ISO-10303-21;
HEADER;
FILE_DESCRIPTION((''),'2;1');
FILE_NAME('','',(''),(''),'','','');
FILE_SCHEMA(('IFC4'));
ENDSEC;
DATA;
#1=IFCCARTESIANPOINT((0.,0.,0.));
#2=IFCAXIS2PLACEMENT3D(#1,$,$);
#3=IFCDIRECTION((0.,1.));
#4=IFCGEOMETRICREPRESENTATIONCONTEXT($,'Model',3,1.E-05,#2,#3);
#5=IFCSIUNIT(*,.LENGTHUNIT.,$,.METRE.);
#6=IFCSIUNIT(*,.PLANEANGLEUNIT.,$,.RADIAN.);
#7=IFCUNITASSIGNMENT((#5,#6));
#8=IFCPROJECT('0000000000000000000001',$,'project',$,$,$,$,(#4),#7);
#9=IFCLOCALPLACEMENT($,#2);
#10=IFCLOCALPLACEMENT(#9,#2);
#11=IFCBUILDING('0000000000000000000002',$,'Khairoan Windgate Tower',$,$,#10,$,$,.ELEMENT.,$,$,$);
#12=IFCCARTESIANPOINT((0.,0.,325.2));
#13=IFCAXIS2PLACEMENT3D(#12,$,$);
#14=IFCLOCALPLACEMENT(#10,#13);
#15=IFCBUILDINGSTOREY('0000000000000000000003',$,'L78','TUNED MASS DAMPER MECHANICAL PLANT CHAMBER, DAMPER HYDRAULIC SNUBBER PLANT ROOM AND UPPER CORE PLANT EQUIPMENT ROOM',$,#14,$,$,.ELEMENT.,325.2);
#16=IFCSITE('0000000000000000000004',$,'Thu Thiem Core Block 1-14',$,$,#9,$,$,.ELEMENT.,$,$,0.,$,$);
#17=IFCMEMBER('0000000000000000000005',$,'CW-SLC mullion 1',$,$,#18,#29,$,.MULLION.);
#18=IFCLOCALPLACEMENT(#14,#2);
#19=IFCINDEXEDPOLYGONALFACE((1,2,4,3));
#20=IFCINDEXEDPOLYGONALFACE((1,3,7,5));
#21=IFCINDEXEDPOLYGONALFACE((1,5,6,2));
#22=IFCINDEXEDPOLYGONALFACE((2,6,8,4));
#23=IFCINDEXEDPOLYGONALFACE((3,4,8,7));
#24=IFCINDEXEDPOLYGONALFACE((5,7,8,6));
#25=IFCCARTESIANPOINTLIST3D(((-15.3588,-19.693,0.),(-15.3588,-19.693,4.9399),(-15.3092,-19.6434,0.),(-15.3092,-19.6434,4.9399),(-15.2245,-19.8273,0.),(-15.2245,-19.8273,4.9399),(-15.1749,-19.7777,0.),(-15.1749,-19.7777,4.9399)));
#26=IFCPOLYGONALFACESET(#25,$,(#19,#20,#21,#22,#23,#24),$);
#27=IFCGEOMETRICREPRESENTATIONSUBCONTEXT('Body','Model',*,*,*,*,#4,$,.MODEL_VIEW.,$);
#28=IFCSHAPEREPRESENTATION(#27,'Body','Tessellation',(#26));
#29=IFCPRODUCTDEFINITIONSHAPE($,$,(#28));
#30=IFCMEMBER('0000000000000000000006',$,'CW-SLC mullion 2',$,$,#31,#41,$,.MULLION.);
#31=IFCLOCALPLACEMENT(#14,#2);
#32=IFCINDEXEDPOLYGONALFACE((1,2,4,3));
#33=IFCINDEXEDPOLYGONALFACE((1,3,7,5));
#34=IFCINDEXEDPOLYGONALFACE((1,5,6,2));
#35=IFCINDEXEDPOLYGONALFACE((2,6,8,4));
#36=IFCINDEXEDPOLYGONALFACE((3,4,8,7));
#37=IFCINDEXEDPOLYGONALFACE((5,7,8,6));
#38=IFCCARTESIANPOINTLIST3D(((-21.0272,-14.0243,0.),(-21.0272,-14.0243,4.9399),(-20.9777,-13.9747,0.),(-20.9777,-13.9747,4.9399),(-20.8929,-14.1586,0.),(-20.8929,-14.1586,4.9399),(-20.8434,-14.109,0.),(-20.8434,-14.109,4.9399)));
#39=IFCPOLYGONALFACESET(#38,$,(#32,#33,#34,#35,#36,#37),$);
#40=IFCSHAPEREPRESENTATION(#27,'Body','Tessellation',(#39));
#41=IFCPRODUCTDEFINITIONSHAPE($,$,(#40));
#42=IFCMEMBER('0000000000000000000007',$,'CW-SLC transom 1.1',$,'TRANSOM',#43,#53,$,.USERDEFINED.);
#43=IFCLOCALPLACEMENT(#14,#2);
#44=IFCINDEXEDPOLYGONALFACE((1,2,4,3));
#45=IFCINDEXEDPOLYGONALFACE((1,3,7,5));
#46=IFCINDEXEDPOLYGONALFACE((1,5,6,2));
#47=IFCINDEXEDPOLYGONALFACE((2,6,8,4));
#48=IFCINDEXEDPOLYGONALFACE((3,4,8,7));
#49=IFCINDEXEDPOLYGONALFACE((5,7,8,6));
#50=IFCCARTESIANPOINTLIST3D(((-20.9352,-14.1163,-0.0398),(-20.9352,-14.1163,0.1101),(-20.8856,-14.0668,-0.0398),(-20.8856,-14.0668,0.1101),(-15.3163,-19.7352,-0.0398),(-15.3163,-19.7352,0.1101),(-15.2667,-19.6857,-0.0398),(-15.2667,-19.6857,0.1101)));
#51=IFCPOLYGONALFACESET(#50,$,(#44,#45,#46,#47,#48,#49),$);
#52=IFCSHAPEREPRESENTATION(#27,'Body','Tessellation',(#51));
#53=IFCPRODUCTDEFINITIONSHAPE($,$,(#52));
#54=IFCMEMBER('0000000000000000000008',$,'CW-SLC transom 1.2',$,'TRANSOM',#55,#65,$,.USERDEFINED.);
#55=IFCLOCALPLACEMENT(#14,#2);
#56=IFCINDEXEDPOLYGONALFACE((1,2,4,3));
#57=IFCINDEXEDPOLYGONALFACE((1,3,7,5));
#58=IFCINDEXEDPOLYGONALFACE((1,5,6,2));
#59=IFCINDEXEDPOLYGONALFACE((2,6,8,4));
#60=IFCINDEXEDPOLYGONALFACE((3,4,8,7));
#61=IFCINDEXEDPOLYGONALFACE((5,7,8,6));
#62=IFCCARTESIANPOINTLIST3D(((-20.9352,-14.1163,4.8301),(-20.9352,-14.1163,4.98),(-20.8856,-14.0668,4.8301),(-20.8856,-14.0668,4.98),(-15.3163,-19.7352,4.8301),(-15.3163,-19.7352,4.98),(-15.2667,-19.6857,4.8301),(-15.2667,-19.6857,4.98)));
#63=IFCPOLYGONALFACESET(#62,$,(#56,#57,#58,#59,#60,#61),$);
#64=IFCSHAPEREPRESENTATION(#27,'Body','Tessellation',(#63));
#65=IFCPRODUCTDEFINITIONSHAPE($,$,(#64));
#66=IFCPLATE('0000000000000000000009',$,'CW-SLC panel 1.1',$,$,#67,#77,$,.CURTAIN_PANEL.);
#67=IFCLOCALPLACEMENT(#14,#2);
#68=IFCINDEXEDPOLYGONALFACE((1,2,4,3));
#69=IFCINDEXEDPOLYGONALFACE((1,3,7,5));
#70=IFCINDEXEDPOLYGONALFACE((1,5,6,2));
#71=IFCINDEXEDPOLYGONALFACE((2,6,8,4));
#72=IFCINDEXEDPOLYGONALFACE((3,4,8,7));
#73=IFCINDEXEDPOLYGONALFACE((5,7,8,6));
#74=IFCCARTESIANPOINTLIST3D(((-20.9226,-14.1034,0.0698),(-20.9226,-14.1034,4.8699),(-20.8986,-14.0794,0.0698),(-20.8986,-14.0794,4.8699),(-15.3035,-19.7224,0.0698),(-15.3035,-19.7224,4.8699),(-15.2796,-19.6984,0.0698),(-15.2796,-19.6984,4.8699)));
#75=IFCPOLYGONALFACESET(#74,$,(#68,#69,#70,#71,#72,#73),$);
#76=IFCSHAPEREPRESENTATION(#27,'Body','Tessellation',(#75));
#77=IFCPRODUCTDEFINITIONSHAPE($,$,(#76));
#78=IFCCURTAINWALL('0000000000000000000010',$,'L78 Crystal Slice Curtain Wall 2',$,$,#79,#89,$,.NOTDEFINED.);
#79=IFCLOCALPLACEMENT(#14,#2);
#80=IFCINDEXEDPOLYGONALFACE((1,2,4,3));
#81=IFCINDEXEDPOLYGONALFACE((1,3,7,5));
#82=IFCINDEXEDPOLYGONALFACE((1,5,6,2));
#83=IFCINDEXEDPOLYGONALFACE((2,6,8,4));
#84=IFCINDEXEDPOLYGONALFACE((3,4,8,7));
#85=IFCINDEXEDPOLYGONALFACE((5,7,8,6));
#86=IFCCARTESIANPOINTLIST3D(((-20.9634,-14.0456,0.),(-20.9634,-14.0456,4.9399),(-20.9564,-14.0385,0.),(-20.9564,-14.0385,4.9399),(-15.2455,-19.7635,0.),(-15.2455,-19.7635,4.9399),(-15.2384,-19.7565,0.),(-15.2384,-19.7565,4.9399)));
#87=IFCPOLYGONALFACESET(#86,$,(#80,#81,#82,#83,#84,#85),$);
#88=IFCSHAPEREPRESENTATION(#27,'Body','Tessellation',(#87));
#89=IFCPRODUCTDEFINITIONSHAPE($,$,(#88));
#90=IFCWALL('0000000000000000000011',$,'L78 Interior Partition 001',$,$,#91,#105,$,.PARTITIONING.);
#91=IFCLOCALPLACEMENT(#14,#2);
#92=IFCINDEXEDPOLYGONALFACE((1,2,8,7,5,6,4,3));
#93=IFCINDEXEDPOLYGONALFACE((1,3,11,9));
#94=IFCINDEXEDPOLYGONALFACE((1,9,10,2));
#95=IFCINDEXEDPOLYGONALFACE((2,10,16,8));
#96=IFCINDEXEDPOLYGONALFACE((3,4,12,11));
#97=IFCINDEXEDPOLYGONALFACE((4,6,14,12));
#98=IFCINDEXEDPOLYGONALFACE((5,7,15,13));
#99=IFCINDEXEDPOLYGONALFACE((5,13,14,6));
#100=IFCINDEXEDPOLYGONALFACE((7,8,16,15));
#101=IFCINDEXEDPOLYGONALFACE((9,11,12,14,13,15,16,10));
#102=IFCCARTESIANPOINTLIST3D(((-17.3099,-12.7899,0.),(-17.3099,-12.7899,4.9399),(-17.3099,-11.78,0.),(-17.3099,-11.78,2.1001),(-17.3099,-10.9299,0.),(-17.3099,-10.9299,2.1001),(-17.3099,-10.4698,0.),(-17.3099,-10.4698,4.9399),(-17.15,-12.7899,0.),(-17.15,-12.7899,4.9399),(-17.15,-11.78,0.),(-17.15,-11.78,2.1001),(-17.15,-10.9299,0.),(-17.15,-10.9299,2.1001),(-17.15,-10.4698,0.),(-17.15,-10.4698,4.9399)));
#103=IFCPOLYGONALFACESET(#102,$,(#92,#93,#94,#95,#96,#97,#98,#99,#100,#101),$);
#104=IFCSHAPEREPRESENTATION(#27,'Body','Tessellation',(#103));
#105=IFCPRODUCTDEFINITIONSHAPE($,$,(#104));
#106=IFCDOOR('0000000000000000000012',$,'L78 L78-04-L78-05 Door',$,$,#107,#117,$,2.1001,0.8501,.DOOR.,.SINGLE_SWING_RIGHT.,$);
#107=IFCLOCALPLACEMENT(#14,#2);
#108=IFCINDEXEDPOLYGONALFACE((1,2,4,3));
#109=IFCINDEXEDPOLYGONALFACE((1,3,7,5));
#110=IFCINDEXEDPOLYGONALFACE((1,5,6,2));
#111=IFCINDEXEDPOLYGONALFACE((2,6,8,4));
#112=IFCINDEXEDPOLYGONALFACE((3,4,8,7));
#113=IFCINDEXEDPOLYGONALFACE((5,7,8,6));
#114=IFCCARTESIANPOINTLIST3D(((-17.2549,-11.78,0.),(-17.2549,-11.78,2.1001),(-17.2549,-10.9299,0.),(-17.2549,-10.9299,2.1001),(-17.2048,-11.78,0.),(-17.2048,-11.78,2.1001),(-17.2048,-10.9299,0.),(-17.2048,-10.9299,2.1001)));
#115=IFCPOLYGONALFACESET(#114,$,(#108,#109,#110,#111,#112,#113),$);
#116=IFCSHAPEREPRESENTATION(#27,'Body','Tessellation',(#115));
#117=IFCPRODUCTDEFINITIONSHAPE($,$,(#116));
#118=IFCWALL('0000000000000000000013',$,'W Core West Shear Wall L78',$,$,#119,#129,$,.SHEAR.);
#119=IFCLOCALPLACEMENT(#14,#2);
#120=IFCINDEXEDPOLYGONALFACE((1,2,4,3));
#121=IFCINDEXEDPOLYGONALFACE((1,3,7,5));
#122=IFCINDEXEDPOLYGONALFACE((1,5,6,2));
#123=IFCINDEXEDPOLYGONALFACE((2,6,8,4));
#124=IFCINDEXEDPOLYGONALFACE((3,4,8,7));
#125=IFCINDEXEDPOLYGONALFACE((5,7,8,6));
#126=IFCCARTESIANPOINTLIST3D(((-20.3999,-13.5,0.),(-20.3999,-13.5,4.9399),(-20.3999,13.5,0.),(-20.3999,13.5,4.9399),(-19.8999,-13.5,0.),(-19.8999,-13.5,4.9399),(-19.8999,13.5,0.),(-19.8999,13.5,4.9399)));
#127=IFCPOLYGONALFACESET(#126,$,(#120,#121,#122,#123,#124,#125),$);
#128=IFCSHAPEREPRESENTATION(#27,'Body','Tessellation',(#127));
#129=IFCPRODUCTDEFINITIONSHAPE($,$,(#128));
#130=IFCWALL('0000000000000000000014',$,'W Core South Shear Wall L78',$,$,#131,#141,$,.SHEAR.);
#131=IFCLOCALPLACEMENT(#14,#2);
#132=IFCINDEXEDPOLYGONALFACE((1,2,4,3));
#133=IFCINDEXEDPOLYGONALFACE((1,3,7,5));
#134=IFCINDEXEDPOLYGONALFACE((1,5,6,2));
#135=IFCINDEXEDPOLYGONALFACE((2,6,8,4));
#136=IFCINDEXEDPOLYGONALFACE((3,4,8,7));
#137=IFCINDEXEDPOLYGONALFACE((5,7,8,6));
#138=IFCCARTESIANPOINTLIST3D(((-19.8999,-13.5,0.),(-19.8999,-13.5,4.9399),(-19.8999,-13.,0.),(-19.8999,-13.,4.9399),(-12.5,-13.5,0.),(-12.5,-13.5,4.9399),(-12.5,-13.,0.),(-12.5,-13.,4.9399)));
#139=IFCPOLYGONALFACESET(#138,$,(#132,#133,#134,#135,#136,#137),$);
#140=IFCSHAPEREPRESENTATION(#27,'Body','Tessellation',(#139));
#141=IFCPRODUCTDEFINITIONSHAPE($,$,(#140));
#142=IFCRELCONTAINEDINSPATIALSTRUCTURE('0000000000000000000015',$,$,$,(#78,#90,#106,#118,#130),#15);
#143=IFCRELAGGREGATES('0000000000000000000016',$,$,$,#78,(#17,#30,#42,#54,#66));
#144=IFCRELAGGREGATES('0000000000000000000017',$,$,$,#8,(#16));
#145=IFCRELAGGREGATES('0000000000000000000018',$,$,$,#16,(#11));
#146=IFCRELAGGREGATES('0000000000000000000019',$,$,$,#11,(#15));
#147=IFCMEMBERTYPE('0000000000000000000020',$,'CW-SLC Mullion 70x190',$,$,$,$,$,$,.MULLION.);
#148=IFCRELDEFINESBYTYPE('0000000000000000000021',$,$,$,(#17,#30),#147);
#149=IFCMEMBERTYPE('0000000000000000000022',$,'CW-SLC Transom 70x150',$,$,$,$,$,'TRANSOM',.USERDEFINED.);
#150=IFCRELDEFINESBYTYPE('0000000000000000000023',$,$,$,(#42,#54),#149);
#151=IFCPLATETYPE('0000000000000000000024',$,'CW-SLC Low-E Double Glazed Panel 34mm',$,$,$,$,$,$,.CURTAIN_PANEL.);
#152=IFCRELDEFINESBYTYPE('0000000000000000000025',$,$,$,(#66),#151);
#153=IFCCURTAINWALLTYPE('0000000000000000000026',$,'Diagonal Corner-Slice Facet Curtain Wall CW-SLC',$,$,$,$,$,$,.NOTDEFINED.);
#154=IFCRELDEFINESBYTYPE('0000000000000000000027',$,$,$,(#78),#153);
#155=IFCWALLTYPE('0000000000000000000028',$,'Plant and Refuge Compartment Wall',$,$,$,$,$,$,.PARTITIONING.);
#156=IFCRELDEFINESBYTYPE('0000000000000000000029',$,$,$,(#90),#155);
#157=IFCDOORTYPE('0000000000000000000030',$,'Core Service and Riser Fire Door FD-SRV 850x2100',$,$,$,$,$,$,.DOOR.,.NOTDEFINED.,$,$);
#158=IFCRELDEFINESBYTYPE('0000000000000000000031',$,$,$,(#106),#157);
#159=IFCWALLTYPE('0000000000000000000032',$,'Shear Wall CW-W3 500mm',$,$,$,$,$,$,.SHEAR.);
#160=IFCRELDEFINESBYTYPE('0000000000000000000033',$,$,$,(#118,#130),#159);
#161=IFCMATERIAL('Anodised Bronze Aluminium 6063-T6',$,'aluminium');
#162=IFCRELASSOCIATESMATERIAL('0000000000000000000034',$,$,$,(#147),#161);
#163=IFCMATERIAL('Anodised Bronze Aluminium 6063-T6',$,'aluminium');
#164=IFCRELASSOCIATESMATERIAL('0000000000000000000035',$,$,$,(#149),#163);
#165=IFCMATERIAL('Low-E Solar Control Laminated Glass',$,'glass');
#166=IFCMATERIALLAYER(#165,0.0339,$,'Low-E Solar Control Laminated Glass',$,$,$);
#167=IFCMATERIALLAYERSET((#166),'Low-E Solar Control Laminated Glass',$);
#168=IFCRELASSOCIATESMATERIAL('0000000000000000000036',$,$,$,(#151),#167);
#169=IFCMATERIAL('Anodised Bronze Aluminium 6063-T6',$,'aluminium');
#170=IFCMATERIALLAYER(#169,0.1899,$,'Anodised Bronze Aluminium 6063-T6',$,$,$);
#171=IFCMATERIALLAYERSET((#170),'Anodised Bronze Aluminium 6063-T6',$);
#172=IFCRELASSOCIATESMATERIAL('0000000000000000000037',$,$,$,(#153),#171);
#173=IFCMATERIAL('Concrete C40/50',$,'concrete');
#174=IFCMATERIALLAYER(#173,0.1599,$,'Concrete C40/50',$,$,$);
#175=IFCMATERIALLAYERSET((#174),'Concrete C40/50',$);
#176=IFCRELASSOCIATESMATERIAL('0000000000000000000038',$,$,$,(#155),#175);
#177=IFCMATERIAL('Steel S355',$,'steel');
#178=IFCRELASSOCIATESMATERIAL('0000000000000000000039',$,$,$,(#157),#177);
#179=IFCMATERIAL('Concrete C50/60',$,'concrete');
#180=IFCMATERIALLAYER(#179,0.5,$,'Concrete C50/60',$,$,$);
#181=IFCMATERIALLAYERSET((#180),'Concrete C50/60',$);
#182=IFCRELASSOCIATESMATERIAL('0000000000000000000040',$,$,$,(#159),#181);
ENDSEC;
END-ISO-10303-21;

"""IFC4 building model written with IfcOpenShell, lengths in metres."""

from ifc_helpers import new_model, si_unit, direction, frame, frame_2d, origin, origin_2d, place, context, subcontext, project, spatial, rectangle, extrude, material, layer, layer_set, material_profile, profile_set, type_object, element, fill, aggregate, save


model = new_model("IFC4")

# Units and contexts
model_context = context("Model", 3, precision=1e-05, world=origin(), true_north=direction((0.0, 1.0)))
body_context = subcontext(model_context, "Body", "Model", "MODEL_VIEW")
ifc_project = project(units=[si_unit("LENGTHUNIT", "METRE"), si_unit("PLANEANGLEUNIT", "RADIAN")], contexts=[model_context])

# Site, building, storey
site_placement = place(None, origin())
site = spatial("IfcSite", under=ifc_project, at=site_placement, Name="Thu Thiem Core Block 1-14", CompositionType="ELEMENT", RefElevation=0.0)
building_placement = place(site_placement, origin())
building = spatial("IfcBuilding", under=site, at=building_placement, Name="Khairoan Windgate Tower", CompositionType="ELEMENT")
storey_placement = place(building_placement, frame((0.0, 0.0, 325.2)))
storey = spatial("IfcBuildingStorey", under=building, at=storey_placement, Name="L78", Description="TUNED MASS DAMPER MECHANICAL PLANT CHAMBER, DAMPER HYDRAULIC SNUBBER PLANT ROOM AND UPPER CORE PLANT EQUIPMENT ROOM", CompositionType="ELEMENT", Elevation=325.2)

# Members
ifc_material_1 = material(Name="Anodised Bronze Aluminium 6063-T6", Category="aluminium")
ifc_material_profile_1 = material_profile(ifc_material_1, rectangle(XDim=0.0701, YDim=0.1899, at=origin_2d()))
ifc_profile_set_1 = profile_set([ifc_material_profile_1], Name="Anodised Bronze Aluminium 6063-T6")
member_type_1 = type_object("IfcMemberType", Name="CW-SLC Mullion 70x190", PredefinedType="MULLION", material=ifc_profile_set_1)
member_1_placement = place(storey_placement, frame((-15.2668, -19.7354, 0.0), z_axis=(0.0, 0.0, 1.0), x_axis=(-0.707107, -0.707107, 0.0)))
member_1 = element("IfcMember", 1, at=member_1_placement, type_object=member_type_1, Name="CW-SLC mullion 1", PredefinedType="MULLION", context=body_context, shape_type="SweptSolid", body=[
    extrude(rectangle(XDim=0.0701, YDim=0.1899, at=origin_2d()), origin(), (0.0, 0.0, 1.0), 4.9399),
])
member_2_placement = place(storey_placement, frame((-20.9353, -14.0667, 0.0), z_axis=(0.0, 0.0, 1.0), x_axis=(-0.707107, -0.707107, 0.0)))
member_2 = element("IfcMember", 2, at=member_2_placement, type_object=member_type_1, Name="CW-SLC mullion 2", PredefinedType="MULLION", context=body_context, shape_type="SweptSolid", body=[
    extrude(rectangle(XDim=0.0701, YDim=0.1899, at=origin_2d()), origin(), (0.0, 0.0, 1.0), 4.9399),
])
ifc_material_2 = material(Name="Anodised Bronze Aluminium 6063-T6", Category="aluminium")
ifc_material_profile_2 = material_profile(ifc_material_2, rectangle(XDim=0.0701, YDim=0.1499, at=origin_2d()))
ifc_profile_set_2 = profile_set([ifc_material_profile_2], Name="Anodised Bronze Aluminium 6063-T6")
member_type_2 = type_object("IfcMemberType", Name="CW-SLC Transom 70x150", ElementType="TRANSOM", PredefinedType="USERDEFINED", material=ifc_profile_set_2)
member_3_placement = place(storey_placement, frame((-15.2915, -19.7104, 0.0352), z_axis=(-0.707107, 0.707107, 0.0), x_axis=(-0.707107, -0.707107, 0.0)))
member_3 = element("IfcMember", 3, at=member_3_placement, type_object=member_type_2, Name="CW-SLC transom 1.1", ObjectType="TRANSOM", PredefinedType="USERDEFINED", context=body_context, shape_type="SweptSolid", body=[
    extrude(rectangle(XDim=0.0701, YDim=0.1499, at=origin_2d()), origin(), (0.0, 0.0, 1.0), 7.9463),
])
member_4_placement = place(storey_placement, frame((-15.2915, -19.7104, 4.905), z_axis=(-0.707107, 0.707107, 0.0), x_axis=(-0.707107, -0.707107, 0.0)))
member_4 = element("IfcMember", 4, at=member_4_placement, type_object=member_type_2, Name="CW-SLC transom 1.2", ObjectType="TRANSOM", PredefinedType="USERDEFINED", context=body_context, shape_type="SweptSolid", body=[
    extrude(rectangle(XDim=0.0701, YDim=0.1499, at=origin_2d()), origin(), (0.0, 0.0, 1.0), 7.9463),
])

# Plate
ifc_material_3 = material(Name="Low-E Solar Control Laminated Glass", Category="glass")
ifc_layer_1 = layer(ifc_material_3, 0.0339, Name="Low-E Solar Control Laminated Glass")
ifc_layer_set_1 = layer_set([ifc_layer_1], Name="Low-E Solar Control Laminated Glass")
plate_type_1 = type_object("IfcPlateType", Name="CW-SLC Low-E Double Glazed Panel 34mm", PredefinedType="CURTAIN_PANEL", material=ifc_layer_set_1)
plate_1_placement = place(storey_placement, frame((-18.1011, -16.9009, 0.0698), z_axis=(0.0, 0.0, 1.0), x_axis=(-0.707107, 0.707107, 0.0)))
plate_1 = element("IfcPlate", 5, at=plate_1_placement, type_object=plate_type_1, Name="CW-SLC panel 1.1", PredefinedType="CURTAIN_PANEL", context=body_context, shape_type="SweptSolid", body=[
    extrude(rectangle(XDim=7.9465, YDim=0.0339, at=origin_2d()), origin(), (0.0, 0.0, 1.0), 4.8),
])

# Curtain wall
ifc_material_4 = material(Name="Anodised Bronze Aluminium 6063-T6", Category="aluminium")
ifc_layer_2 = layer(ifc_material_4, 0.1899, Name="Anodised Bronze Aluminium 6063-T6")
ifc_layer_set_2 = layer_set([ifc_layer_2], Name="Anodised Bronze Aluminium 6063-T6")
curtain_wall_type_1 = type_object("IfcCurtainWallType", Name="Diagonal Corner-Slice Facet Curtain Wall CW-SLC", PredefinedType="NOTDEFINED", material=ifc_layer_set_2)
curtain_wall_1_placement = place(storey_placement, frame((-15.2419, -19.76, 0.0), z_axis=(0.0, 0.0, 1.0), x_axis=(-0.707107, 0.707107, 0.0)))
curtain_wall_1 = element("IfcCurtainWall", 6, at=curtain_wall_1_placement, inside=storey, type_object=curtain_wall_type_1, Name="L78 Crystal Slice Curtain Wall 2", PredefinedType="NOTDEFINED", context=body_context, shape_type="SweptSolid", body=[
    extrude(rectangle(XDim=8.0864, YDim=0.01, at=frame_2d((4.0432, 0.0))), origin(), (0.0, 0.0, 1.0), 4.9399),
])
aggregate(curtain_wall_1, [member_1, member_2, member_3, member_4, plate_1])

# Wall, opening, door
ifc_material_5 = material(Name="Concrete C40/50", Category="concrete")
ifc_layer_3 = layer(ifc_material_5, 0.1599, Name="Concrete C40/50")
ifc_layer_set_3 = layer_set([ifc_layer_3], Name="Concrete C40/50")
wall_type_1 = type_object("IfcWallType", Name="Plant and Refuge Compartment Wall", PredefinedType="PARTITIONING", material=ifc_layer_set_3)
wall_1_placement = place(storey_placement, frame((-17.23, -12.79, 0.0), z_axis=(0.0, 0.0, 1.0), x_axis=(0.0, 1.0, 0.0)))
wall_1 = element("IfcWall", 7, at=wall_1_placement, inside=storey, type_object=wall_type_1, Name="L78 Interior Partition 001", PredefinedType="PARTITIONING", context=body_context, shape_type="SweptSolid", body=[
    extrude(rectangle(XDim=2.3201, YDim=0.1599, at=frame_2d((1.1602, 0.0))), origin(), (0.0, 0.0, 1.0), 4.9399),
])
opening_1_placement = place(wall_1_placement, frame((1.01, 0.0, 0.0)))
opening_1 = element("IfcOpeningElement", 8, at=opening_1_placement, cuts=wall_1, PredefinedType="OPENING", context=body_context, shape_type="SweptSolid", body=[
    extrude(rectangle(XDim=0.8501, YDim=2.1001, at=frame_2d((0.425, 1.05))), frame((0.0, 0.0898, 0.0), z_axis=(0.0, -1.0, 0.0), x_axis=(1.0, 0.0, 0.0)), (0.0, 0.0, 1.0), 0.1799),
])
ifc_material_6 = material(Name="Steel S355", Category="steel")
door_type_1 = type_object("IfcDoorType", Name="Core Service and Riser Fire Door FD-SRV 850x2100", OperationType="NOTDEFINED", PredefinedType="DOOR", material=ifc_material_6)
door_1_placement = place(opening_1_placement, origin())
door_1 = element("IfcDoor", 9, at=door_1_placement, inside=storey, type_object=door_type_1, Name="L78 L78-04-L78-05 Door", OperationType="SINGLE_SWING_RIGHT", OverallHeight=2.1001, OverallWidth=0.8501, PredefinedType="DOOR", context=body_context, shape_type="SweptSolid", body=[
    extrude(rectangle(XDim=0.8501, YDim=2.1001, at=frame_2d((0.425, 1.05))), frame((0.0, 0.0249, 0.0), z_axis=(0.0, -1.0, 0.0), x_axis=(1.0, 0.0, 0.0)), (0.0, 0.0, 1.0), 0.05),
])
fill(opening_1, door_1)

# Walls
ifc_material_7 = material(Name="Concrete C50/60", Category="concrete")
ifc_layer_4 = layer(ifc_material_7, 0.5, Name="Concrete C50/60")
ifc_layer_set_4 = layer_set([ifc_layer_4], Name="Concrete C50/60")
wall_type_2 = type_object("IfcWallType", Name="Shear Wall CW-W3 500mm", PredefinedType="SHEAR", material=ifc_layer_set_4)
wall_2_placement = place(storey_placement, frame((-20.1499, -13.5, 0.0), z_axis=(0.0, 0.0, 1.0), x_axis=(0.0, 1.0, 0.0)))
element("IfcWall", 10, at=wall_2_placement, inside=storey, type_object=wall_type_2, Name="W Core West Shear Wall L78", PredefinedType="SHEAR", context=body_context, shape_type="SweptSolid", body=[
    extrude(rectangle(XDim=27.0, YDim=0.5, at=frame_2d((13.5, 0.0))), origin(), (0.0, 0.0, 1.0), 4.9399),
])
wall_3_placement = place(storey_placement, frame((-19.8999, -13.25, 0.0), z_axis=(0.0, 0.0, 1.0), x_axis=(1.0, 0.0, 0.0)))
element("IfcWall", 11, at=wall_3_placement, inside=storey, type_object=wall_type_2, Name="W Core South Shear Wall L78", PredefinedType="SHEAR", context=body_context, shape_type="SweptSolid", body=[
    extrude(rectangle(XDim=7.3999, YDim=0.5, at=frame_2d((3.7, 0.0))), origin(), (0.0, 0.0, 1.0), 4.9399),
])

save(model, "model.ifc")
